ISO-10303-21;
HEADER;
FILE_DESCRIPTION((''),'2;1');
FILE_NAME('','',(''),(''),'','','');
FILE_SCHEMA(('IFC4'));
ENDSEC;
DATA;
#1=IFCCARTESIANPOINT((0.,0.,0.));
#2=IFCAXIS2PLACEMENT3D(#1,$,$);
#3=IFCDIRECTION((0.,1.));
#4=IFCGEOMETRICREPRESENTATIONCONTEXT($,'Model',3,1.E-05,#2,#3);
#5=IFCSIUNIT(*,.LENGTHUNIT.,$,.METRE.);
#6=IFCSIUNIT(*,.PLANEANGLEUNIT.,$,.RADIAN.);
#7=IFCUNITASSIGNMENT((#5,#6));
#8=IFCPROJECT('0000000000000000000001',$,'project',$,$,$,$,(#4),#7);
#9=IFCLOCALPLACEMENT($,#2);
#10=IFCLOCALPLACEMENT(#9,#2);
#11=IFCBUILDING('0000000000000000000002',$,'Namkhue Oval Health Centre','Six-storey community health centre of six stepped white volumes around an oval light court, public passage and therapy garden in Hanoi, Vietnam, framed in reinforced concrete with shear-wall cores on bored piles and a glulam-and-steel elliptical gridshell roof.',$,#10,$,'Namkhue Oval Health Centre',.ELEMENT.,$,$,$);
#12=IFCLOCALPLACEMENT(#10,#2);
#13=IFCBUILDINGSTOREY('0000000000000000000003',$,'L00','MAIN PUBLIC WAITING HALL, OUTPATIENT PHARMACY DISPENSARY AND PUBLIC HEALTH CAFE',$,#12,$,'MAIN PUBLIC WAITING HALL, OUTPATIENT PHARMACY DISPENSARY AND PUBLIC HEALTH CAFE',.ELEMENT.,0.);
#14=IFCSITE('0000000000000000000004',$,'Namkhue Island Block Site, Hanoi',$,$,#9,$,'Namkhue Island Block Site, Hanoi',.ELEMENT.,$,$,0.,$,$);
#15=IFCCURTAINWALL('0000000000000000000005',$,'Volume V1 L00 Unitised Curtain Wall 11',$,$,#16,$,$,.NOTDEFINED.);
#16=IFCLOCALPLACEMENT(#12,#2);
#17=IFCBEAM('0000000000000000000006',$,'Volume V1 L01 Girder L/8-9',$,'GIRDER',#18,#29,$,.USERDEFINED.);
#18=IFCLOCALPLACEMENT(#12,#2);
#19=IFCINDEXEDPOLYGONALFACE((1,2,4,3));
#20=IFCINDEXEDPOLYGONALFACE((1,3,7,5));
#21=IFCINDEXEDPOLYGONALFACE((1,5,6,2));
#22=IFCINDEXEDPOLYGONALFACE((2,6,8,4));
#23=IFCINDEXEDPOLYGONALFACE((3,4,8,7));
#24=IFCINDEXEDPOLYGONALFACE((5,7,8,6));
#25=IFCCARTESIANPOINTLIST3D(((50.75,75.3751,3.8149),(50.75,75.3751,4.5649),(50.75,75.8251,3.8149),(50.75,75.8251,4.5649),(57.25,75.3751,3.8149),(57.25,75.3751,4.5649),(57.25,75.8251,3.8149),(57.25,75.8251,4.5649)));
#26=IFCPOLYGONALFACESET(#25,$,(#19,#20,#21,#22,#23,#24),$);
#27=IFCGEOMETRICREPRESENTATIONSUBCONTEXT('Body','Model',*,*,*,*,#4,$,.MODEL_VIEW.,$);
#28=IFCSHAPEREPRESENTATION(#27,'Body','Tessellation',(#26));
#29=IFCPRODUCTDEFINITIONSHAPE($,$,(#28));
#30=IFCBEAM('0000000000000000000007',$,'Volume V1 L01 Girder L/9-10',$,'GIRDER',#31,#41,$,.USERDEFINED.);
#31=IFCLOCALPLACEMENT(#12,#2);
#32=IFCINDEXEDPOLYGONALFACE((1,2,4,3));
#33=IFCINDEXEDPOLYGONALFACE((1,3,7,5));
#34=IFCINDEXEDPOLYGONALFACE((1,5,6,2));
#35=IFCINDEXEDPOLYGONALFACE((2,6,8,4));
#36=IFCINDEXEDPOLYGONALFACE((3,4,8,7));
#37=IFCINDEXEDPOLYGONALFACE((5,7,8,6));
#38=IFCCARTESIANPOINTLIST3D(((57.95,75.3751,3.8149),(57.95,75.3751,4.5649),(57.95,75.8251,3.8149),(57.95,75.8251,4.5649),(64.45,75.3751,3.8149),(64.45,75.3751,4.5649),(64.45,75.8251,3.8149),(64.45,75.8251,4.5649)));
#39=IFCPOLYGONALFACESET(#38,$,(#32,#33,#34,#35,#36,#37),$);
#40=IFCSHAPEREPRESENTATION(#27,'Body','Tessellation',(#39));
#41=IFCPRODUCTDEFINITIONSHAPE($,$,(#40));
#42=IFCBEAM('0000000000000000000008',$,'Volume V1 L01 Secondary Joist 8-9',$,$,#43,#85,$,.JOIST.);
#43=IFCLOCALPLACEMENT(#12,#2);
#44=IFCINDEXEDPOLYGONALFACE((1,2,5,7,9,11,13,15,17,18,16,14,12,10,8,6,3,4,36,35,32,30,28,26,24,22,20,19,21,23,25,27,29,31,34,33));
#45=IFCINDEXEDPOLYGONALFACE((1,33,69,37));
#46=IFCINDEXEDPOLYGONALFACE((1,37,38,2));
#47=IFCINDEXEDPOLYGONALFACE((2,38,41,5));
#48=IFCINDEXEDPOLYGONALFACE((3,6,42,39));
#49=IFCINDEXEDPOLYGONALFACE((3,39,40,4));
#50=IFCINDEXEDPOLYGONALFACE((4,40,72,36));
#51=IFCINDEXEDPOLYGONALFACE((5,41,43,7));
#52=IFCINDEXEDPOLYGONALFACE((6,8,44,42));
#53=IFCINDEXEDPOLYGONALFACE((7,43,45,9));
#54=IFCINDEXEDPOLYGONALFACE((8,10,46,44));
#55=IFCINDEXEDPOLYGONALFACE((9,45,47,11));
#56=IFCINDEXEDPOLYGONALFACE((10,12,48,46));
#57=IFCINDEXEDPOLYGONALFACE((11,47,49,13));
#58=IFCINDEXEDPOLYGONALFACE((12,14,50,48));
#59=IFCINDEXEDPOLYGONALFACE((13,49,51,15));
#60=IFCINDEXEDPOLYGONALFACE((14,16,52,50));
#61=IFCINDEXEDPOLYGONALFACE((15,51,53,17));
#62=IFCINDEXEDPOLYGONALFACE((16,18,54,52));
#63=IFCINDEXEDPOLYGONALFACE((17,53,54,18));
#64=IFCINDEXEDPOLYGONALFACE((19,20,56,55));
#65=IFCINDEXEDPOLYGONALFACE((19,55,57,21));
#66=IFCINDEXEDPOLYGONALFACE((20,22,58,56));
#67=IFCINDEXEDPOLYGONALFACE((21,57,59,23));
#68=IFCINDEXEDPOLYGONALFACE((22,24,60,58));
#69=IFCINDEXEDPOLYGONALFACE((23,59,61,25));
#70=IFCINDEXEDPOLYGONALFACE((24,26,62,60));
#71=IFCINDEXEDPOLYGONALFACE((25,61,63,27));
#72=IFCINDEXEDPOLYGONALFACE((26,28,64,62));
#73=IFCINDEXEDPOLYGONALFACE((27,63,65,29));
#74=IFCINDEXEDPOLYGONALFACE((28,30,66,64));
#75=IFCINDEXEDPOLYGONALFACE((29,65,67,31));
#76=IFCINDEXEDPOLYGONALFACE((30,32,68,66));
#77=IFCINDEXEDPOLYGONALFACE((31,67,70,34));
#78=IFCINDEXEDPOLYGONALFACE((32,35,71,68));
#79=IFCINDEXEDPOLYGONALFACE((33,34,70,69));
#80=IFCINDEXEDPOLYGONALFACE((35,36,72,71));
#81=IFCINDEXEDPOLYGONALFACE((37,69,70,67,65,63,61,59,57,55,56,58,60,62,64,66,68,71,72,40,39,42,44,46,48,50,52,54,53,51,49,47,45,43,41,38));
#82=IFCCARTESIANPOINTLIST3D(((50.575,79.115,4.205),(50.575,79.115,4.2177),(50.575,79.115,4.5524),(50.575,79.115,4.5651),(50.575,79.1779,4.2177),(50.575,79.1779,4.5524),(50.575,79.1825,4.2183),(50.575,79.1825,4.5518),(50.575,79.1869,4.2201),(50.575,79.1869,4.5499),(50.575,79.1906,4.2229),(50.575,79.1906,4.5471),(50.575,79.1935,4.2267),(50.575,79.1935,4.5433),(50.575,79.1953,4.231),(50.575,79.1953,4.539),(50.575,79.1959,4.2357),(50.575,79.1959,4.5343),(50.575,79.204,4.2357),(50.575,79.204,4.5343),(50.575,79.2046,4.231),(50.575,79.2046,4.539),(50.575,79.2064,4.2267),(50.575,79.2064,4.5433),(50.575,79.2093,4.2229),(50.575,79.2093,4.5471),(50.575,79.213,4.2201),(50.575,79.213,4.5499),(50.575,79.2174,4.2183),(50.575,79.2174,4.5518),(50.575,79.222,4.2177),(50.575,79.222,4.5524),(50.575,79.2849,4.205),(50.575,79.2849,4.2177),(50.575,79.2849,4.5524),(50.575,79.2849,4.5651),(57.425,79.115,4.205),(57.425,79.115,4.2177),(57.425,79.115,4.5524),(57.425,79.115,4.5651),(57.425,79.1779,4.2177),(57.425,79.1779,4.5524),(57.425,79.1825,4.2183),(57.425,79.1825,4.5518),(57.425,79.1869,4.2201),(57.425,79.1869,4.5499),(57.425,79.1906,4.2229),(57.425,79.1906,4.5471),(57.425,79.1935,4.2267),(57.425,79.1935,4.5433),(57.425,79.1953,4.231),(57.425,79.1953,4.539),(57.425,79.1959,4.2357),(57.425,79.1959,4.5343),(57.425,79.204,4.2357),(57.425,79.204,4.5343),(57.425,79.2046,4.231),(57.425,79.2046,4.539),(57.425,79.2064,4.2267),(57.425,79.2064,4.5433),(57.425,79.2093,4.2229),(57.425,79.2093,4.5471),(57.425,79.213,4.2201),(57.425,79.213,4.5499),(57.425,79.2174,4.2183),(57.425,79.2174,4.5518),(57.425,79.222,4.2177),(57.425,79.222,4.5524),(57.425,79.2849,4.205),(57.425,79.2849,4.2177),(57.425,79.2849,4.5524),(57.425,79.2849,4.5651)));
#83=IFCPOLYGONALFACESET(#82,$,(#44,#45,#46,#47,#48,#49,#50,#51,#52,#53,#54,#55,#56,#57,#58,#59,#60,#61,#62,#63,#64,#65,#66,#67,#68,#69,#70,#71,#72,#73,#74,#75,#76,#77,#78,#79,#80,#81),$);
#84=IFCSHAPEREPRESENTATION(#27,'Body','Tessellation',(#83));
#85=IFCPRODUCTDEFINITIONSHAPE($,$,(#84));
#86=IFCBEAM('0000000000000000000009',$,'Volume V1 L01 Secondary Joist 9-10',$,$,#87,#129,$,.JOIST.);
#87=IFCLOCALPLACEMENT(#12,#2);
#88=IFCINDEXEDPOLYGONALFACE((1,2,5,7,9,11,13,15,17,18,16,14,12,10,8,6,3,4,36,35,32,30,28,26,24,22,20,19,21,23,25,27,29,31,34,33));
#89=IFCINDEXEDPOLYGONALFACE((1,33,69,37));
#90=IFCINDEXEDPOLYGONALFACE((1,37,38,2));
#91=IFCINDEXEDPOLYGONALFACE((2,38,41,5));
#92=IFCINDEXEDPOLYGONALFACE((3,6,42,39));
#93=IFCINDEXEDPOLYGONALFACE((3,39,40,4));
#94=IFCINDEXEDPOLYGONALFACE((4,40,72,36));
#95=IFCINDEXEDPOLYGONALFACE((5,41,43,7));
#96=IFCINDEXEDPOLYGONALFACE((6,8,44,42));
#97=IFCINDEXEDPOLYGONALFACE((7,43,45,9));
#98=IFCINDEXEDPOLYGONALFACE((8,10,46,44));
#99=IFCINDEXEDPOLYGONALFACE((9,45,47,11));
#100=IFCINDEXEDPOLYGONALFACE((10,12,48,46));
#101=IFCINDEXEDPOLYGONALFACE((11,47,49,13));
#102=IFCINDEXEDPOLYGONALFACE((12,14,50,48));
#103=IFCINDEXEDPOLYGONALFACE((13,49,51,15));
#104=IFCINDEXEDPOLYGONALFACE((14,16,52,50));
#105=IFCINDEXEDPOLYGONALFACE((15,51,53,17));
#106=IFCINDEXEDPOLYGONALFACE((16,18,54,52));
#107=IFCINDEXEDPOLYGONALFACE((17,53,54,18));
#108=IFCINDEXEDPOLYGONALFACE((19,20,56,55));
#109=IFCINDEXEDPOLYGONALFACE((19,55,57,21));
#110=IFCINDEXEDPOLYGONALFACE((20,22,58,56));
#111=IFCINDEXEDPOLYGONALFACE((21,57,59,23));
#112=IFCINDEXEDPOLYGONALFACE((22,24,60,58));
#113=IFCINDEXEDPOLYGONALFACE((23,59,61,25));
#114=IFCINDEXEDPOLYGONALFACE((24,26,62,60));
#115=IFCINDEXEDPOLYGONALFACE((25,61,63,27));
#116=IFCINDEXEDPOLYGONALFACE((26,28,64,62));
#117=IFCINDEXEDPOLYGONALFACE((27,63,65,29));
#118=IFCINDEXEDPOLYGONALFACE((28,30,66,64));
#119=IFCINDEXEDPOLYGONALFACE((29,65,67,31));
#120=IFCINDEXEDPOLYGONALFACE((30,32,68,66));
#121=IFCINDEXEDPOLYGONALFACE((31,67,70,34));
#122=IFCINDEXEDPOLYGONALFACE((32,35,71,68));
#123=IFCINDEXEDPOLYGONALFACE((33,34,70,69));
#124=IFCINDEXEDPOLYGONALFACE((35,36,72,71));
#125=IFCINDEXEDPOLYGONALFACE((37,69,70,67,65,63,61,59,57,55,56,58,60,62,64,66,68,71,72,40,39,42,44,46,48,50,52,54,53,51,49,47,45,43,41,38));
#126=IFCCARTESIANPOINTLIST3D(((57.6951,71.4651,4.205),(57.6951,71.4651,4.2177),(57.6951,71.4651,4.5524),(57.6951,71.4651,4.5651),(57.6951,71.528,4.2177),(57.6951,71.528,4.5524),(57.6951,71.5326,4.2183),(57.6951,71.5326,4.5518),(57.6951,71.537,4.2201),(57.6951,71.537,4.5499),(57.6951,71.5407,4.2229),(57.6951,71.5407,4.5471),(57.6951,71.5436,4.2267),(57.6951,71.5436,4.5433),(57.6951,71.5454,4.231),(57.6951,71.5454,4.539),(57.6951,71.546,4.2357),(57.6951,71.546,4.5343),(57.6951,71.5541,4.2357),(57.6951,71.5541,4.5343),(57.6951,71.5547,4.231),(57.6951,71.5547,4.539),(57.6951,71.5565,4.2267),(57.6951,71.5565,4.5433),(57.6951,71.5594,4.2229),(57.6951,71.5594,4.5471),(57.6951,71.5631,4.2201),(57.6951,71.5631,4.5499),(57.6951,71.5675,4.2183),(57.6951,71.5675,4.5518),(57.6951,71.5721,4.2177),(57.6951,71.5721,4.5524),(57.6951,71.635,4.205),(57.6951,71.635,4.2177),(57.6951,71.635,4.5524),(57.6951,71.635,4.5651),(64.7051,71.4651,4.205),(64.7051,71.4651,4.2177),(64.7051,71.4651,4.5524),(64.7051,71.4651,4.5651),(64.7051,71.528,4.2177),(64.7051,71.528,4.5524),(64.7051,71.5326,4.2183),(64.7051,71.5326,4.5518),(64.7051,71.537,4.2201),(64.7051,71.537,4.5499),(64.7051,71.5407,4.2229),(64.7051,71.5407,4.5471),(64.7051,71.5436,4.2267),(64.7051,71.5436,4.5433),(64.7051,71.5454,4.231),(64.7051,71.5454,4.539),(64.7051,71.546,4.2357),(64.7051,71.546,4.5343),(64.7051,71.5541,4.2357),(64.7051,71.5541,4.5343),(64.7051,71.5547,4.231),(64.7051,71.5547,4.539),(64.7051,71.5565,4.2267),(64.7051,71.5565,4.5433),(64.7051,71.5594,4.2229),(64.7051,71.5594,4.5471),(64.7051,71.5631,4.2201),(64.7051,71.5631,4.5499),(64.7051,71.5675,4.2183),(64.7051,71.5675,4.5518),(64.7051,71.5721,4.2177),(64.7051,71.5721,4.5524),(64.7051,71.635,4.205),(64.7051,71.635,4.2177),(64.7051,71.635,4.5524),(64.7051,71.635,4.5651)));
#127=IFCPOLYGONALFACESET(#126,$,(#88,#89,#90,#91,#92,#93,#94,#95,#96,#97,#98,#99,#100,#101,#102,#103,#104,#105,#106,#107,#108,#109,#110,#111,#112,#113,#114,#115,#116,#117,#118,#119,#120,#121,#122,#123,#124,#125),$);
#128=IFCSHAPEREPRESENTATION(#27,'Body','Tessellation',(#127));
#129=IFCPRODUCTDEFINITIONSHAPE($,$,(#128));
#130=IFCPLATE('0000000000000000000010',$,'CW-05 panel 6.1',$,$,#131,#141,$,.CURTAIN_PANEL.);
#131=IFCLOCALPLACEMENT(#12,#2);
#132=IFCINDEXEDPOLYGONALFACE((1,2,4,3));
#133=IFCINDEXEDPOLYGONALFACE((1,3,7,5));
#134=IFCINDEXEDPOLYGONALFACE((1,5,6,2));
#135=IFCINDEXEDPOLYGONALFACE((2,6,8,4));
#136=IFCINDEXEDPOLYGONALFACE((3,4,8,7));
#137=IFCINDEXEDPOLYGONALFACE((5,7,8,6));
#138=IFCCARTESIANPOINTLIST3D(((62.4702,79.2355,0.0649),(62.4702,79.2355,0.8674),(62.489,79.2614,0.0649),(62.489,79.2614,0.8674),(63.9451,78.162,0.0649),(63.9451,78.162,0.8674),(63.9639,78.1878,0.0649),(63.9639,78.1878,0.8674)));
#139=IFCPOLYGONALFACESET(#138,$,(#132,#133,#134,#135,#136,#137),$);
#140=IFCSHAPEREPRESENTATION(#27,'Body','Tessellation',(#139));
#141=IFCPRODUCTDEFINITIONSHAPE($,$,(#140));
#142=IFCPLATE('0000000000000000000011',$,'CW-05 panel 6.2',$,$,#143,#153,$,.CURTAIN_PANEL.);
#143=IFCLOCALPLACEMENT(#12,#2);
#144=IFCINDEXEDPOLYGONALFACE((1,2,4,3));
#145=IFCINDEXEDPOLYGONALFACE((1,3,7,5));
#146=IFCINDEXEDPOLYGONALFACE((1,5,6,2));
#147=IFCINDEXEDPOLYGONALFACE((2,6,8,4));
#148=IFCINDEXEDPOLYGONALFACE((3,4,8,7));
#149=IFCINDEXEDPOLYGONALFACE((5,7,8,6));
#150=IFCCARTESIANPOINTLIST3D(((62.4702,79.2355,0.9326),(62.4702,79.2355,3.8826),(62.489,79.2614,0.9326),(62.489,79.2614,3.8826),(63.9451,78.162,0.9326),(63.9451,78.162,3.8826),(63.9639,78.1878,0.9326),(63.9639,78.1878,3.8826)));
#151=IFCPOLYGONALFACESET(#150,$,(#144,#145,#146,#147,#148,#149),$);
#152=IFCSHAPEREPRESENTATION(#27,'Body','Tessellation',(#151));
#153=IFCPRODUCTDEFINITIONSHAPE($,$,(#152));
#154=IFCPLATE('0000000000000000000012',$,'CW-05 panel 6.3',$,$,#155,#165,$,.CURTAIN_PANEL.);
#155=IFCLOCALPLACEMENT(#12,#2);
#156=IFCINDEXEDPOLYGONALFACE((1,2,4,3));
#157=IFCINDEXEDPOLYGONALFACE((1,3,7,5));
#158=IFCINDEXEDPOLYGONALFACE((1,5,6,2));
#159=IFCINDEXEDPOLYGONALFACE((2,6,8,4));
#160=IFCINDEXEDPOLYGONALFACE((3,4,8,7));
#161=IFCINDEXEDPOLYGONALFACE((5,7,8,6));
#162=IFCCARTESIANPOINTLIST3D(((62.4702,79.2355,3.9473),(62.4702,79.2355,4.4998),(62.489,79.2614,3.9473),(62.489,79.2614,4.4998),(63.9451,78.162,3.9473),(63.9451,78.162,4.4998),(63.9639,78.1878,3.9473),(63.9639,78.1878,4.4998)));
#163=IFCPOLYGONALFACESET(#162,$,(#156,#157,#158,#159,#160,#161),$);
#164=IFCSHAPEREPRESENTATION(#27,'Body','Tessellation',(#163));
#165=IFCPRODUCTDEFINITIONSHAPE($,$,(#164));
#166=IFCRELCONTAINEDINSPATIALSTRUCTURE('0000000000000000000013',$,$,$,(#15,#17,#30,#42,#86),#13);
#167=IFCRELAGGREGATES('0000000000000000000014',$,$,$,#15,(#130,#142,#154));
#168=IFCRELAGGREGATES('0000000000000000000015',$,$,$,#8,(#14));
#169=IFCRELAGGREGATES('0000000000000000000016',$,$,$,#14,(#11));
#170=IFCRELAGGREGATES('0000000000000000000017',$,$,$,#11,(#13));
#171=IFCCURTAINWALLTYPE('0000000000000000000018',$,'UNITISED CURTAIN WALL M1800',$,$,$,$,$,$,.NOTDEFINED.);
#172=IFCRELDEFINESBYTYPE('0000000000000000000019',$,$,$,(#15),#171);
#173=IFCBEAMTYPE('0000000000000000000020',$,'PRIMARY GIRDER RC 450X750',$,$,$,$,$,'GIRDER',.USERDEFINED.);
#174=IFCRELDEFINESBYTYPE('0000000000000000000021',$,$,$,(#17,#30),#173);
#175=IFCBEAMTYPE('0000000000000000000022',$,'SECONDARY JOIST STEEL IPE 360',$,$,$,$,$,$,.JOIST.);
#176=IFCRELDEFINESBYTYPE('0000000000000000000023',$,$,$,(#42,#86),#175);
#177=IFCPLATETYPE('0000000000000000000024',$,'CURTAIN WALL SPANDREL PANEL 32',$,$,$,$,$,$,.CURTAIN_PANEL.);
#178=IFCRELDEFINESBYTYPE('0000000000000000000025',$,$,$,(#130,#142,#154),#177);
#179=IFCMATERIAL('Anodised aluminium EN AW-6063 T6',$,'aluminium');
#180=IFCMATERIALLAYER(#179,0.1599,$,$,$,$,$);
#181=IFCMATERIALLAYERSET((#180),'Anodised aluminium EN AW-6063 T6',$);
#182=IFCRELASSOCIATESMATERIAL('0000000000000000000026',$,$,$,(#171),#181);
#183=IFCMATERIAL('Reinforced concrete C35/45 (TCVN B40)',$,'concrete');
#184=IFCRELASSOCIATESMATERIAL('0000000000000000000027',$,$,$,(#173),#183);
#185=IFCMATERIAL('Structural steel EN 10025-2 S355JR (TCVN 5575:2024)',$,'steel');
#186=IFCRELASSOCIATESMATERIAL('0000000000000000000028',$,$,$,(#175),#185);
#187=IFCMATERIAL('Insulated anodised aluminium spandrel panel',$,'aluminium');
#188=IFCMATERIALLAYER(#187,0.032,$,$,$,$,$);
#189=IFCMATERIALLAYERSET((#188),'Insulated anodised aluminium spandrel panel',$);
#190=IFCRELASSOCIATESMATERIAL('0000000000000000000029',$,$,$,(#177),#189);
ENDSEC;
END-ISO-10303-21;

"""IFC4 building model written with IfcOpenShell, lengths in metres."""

from ifc_helpers import new_model, si_unit, direction, frame, origin, origin_2d, place, context, subcontext, project, spatial, rectangle, i_section, extrude, material, layer, layer_set, material_profile, profile_set, type_object, element, aggregate, save


model = new_model("IFC4")

# Units and contexts
model_context = context("Model", 3, precision=1e-05, world=origin(), true_north=direction((0.0, 1.0)))
body_context = subcontext(model_context, "Body", "Model", "MODEL_VIEW")
ifc_project = project(units=[si_unit("LENGTHUNIT", "METRE"), si_unit("PLANEANGLEUNIT", "RADIAN")], contexts=[model_context])

# Site, building, storey
site_placement = place(None, origin())
site = spatial("IfcSite", under=ifc_project, at=site_placement, Name="Namkhue Island Block Site, Hanoi", LongName="Namkhue Island Block Site, Hanoi", CompositionType="ELEMENT", RefElevation=0.0)
building_placement = place(site_placement, origin())
building = spatial("IfcBuilding", under=site, at=building_placement, Name="Namkhue Oval Health Centre", Description="Six-storey community health centre of six stepped white volumes around an oval light court, public passage and therapy garden in Hanoi, Vietnam, framed in reinforced concrete with shear-wall cores on bored piles and a glulam-and-steel elliptical gridshell roof.", LongName="Namkhue Oval Health Centre", CompositionType="ELEMENT")
storey_placement = place(building_placement, origin())
storey = spatial("IfcBuildingStorey", under=building, at=storey_placement, Name="L00", Description="MAIN PUBLIC WAITING HALL, OUTPATIENT PHARMACY DISPENSARY AND PUBLIC HEALTH CAFE", LongName="MAIN PUBLIC WAITING HALL, OUTPATIENT PHARMACY DISPENSARY AND PUBLIC HEALTH CAFE", CompositionType="ELEMENT", Elevation=0.0)

# Shared definitions
ifc_material_1 = material(Name="Reinforced concrete C35/45 (TCVN B40)", Category="concrete")

# Curtain wall
ifc_material_2 = material(Name="Anodised aluminium EN AW-6063 T6", Category="aluminium")
ifc_layer_1 = layer(ifc_material_2, 0.1599)
ifc_layer_set_1 = layer_set([ifc_layer_1], Name="Anodised aluminium EN AW-6063 T6")
curtain_wall_type = type_object("IfcCurtainWallType", Name="UNITISED CURTAIN WALL M1800", PredefinedType="NOTDEFINED", material=ifc_layer_set_1)
curtain_wall_placement = place(storey_placement, origin())
curtain_wall = element("IfcCurtainWall", 1, at=curtain_wall_placement, inside=storey, type_object=curtain_wall_type, Name="Volume V1 L00 Unitised Curtain Wall 11", PredefinedType="NOTDEFINED")

# Beams
ifc_material_3 = material(Name="Structural steel EN 10025-2 S355JR (TCVN 5575:2024)", Category="steel")
ifc_material_profile_1 = material_profile(ifc_material_1, rectangle(XDim=0.45, YDim=0.75, at=origin_2d()), Name="RC 450x750")
ifc_profile_set_1 = profile_set([ifc_material_profile_1], Name="Reinforced concrete C35/45 (TCVN B40)")
beam_type_1 = type_object("IfcBeamType", Name="PRIMARY GIRDER RC 450X750", ElementType="GIRDER", PredefinedType="USERDEFINED", material=ifc_profile_set_1)
for number, where, z_axis, x_axis, name in (
    (2, (50.75, 75.6001, 4.1899), (1.0, 0.0, 0.0), (0.0, 1.0, 0.0), "Volume V1 L01 Girder L/8-9"),
    (3, (57.95, 75.6001, 4.1899), (1.0, 0.0, 0.0), (0.0, 1.0, 0.0), "Volume V1 L01 Girder L/9-10"),
):
    element("IfcBeam", number, at=place(storey_placement, frame(where, z_axis=z_axis, x_axis=x_axis)), inside=storey, type_object=beam_type_1, Name=name, ObjectType="GIRDER", PredefinedType="USERDEFINED", context=body_context, shape_type="SweptSolid", body=[
        extrude(rectangle(XDim=0.45, YDim=0.75, at=origin_2d()), origin(), (0.0, 0.0, 1.0), 6.5),
    ])
ifc_material_profile_2 = material_profile(ifc_material_3, i_section(OverallWidth=0.1699, OverallDepth=0.3601, WebThickness=0.0081, FlangeThickness=0.0127, FilletRadius=0.0181, at=origin_2d()), Name="IPE 360")
ifc_profile_set_2 = profile_set([ifc_material_profile_2], Name="Structural steel EN 10025-2 S355JR (TCVN 5575:2024)")
beam_type_2 = type_object("IfcBeamType", Name="SECONDARY JOIST STEEL IPE 360", PredefinedType="JOIST", material=ifc_profile_set_2)
beam_1_placement = place(storey_placement, frame((50.575, 79.2, 4.385), z_axis=(1.0, 0.0, 0.0), x_axis=(0.0, 1.0, 0.0)))
element("IfcBeam", 4, at=beam_1_placement, inside=storey, type_object=beam_type_2, Name="Volume V1 L01 Secondary Joist 8-9", PredefinedType="JOIST", context=body_context, shape_type="SweptSolid", body=[
    extrude(i_section(OverallWidth=0.1699, OverallDepth=0.3601, WebThickness=0.0081, FlangeThickness=0.0127, FilletRadius=0.0181, at=origin_2d()), origin(), (0.0, 0.0, 1.0), 6.8501),
])
beam_2_placement = place(storey_placement, frame((57.6951, 71.55, 4.385), z_axis=(1.0, 0.0, 0.0), x_axis=(0.0, 1.0, 0.0)))
element("IfcBeam", 5, at=beam_2_placement, inside=storey, type_object=beam_type_2, Name="Volume V1 L01 Secondary Joist 9-10", PredefinedType="JOIST", context=body_context, shape_type="SweptSolid", body=[
    extrude(i_section(OverallWidth=0.1699, OverallDepth=0.3601, WebThickness=0.0081, FlangeThickness=0.0127, FilletRadius=0.0181, at=origin_2d()), origin(), (0.0, 0.0, 1.0), 7.01),
])

# Plates
ifc_material_4 = material(Name="Insulated anodised aluminium spandrel panel", Category="aluminium")
ifc_layer_2 = layer(ifc_material_4, 0.032)
ifc_layer_set_2 = layer_set([ifc_layer_2], Name="Insulated anodised aluminium spandrel panel")
plate_type = type_object("IfcPlateType", Name="CURTAIN WALL SPANDREL PANEL 32", PredefinedType="CURTAIN_PANEL", material=ifc_layer_set_2)
plate_1_placement = place(storey_placement, frame((63.217, 78.7117, 0.0649), z_axis=(0.0, 0.0, 1.0), x_axis=(-0.808514, 0.588477, 0.0)))
plate_1 = element("IfcPlate", 6, at=plate_1_placement, type_object=plate_type, Name="CW-05 panel 6.1", PredefinedType="CURTAIN_PANEL", context=body_context, shape_type="SweptSolid", body=[
    extrude(rectangle(XDim=1.8242, YDim=0.032, at=origin_2d()), origin(), (0.0, 0.0, 1.0), 0.8025),
])
plate_2_placement = place(storey_placement, frame((63.217, 78.7117, 0.9326), z_axis=(0.0, 0.0, 1.0), x_axis=(-0.808514, 0.588477, 0.0)))
plate_2 = element("IfcPlate", 7, at=plate_2_placement, type_object=plate_type, Name="CW-05 panel 6.2", PredefinedType="CURTAIN_PANEL", context=body_context, shape_type="SweptSolid", body=[
    extrude(rectangle(XDim=1.8242, YDim=0.032, at=origin_2d()), origin(), (0.0, 0.0, 1.0), 2.95),
])
plate_3_placement = place(storey_placement, frame((63.217, 78.7117, 3.9473), z_axis=(0.0, 0.0, 1.0), x_axis=(-0.808514, 0.588477, 0.0)))
plate_3 = element("IfcPlate", 8, at=plate_3_placement, type_object=plate_type, Name="CW-05 panel 6.3", PredefinedType="CURTAIN_PANEL", context=body_context, shape_type="SweptSolid", body=[
    extrude(rectangle(XDim=1.8242, YDim=0.032, at=origin_2d()), origin(), (0.0, 0.0, 1.0), 0.5525),
])
aggregate(curtain_wall, [plate_1, plate_2, plate_3])

save(model, "model.ifc")
